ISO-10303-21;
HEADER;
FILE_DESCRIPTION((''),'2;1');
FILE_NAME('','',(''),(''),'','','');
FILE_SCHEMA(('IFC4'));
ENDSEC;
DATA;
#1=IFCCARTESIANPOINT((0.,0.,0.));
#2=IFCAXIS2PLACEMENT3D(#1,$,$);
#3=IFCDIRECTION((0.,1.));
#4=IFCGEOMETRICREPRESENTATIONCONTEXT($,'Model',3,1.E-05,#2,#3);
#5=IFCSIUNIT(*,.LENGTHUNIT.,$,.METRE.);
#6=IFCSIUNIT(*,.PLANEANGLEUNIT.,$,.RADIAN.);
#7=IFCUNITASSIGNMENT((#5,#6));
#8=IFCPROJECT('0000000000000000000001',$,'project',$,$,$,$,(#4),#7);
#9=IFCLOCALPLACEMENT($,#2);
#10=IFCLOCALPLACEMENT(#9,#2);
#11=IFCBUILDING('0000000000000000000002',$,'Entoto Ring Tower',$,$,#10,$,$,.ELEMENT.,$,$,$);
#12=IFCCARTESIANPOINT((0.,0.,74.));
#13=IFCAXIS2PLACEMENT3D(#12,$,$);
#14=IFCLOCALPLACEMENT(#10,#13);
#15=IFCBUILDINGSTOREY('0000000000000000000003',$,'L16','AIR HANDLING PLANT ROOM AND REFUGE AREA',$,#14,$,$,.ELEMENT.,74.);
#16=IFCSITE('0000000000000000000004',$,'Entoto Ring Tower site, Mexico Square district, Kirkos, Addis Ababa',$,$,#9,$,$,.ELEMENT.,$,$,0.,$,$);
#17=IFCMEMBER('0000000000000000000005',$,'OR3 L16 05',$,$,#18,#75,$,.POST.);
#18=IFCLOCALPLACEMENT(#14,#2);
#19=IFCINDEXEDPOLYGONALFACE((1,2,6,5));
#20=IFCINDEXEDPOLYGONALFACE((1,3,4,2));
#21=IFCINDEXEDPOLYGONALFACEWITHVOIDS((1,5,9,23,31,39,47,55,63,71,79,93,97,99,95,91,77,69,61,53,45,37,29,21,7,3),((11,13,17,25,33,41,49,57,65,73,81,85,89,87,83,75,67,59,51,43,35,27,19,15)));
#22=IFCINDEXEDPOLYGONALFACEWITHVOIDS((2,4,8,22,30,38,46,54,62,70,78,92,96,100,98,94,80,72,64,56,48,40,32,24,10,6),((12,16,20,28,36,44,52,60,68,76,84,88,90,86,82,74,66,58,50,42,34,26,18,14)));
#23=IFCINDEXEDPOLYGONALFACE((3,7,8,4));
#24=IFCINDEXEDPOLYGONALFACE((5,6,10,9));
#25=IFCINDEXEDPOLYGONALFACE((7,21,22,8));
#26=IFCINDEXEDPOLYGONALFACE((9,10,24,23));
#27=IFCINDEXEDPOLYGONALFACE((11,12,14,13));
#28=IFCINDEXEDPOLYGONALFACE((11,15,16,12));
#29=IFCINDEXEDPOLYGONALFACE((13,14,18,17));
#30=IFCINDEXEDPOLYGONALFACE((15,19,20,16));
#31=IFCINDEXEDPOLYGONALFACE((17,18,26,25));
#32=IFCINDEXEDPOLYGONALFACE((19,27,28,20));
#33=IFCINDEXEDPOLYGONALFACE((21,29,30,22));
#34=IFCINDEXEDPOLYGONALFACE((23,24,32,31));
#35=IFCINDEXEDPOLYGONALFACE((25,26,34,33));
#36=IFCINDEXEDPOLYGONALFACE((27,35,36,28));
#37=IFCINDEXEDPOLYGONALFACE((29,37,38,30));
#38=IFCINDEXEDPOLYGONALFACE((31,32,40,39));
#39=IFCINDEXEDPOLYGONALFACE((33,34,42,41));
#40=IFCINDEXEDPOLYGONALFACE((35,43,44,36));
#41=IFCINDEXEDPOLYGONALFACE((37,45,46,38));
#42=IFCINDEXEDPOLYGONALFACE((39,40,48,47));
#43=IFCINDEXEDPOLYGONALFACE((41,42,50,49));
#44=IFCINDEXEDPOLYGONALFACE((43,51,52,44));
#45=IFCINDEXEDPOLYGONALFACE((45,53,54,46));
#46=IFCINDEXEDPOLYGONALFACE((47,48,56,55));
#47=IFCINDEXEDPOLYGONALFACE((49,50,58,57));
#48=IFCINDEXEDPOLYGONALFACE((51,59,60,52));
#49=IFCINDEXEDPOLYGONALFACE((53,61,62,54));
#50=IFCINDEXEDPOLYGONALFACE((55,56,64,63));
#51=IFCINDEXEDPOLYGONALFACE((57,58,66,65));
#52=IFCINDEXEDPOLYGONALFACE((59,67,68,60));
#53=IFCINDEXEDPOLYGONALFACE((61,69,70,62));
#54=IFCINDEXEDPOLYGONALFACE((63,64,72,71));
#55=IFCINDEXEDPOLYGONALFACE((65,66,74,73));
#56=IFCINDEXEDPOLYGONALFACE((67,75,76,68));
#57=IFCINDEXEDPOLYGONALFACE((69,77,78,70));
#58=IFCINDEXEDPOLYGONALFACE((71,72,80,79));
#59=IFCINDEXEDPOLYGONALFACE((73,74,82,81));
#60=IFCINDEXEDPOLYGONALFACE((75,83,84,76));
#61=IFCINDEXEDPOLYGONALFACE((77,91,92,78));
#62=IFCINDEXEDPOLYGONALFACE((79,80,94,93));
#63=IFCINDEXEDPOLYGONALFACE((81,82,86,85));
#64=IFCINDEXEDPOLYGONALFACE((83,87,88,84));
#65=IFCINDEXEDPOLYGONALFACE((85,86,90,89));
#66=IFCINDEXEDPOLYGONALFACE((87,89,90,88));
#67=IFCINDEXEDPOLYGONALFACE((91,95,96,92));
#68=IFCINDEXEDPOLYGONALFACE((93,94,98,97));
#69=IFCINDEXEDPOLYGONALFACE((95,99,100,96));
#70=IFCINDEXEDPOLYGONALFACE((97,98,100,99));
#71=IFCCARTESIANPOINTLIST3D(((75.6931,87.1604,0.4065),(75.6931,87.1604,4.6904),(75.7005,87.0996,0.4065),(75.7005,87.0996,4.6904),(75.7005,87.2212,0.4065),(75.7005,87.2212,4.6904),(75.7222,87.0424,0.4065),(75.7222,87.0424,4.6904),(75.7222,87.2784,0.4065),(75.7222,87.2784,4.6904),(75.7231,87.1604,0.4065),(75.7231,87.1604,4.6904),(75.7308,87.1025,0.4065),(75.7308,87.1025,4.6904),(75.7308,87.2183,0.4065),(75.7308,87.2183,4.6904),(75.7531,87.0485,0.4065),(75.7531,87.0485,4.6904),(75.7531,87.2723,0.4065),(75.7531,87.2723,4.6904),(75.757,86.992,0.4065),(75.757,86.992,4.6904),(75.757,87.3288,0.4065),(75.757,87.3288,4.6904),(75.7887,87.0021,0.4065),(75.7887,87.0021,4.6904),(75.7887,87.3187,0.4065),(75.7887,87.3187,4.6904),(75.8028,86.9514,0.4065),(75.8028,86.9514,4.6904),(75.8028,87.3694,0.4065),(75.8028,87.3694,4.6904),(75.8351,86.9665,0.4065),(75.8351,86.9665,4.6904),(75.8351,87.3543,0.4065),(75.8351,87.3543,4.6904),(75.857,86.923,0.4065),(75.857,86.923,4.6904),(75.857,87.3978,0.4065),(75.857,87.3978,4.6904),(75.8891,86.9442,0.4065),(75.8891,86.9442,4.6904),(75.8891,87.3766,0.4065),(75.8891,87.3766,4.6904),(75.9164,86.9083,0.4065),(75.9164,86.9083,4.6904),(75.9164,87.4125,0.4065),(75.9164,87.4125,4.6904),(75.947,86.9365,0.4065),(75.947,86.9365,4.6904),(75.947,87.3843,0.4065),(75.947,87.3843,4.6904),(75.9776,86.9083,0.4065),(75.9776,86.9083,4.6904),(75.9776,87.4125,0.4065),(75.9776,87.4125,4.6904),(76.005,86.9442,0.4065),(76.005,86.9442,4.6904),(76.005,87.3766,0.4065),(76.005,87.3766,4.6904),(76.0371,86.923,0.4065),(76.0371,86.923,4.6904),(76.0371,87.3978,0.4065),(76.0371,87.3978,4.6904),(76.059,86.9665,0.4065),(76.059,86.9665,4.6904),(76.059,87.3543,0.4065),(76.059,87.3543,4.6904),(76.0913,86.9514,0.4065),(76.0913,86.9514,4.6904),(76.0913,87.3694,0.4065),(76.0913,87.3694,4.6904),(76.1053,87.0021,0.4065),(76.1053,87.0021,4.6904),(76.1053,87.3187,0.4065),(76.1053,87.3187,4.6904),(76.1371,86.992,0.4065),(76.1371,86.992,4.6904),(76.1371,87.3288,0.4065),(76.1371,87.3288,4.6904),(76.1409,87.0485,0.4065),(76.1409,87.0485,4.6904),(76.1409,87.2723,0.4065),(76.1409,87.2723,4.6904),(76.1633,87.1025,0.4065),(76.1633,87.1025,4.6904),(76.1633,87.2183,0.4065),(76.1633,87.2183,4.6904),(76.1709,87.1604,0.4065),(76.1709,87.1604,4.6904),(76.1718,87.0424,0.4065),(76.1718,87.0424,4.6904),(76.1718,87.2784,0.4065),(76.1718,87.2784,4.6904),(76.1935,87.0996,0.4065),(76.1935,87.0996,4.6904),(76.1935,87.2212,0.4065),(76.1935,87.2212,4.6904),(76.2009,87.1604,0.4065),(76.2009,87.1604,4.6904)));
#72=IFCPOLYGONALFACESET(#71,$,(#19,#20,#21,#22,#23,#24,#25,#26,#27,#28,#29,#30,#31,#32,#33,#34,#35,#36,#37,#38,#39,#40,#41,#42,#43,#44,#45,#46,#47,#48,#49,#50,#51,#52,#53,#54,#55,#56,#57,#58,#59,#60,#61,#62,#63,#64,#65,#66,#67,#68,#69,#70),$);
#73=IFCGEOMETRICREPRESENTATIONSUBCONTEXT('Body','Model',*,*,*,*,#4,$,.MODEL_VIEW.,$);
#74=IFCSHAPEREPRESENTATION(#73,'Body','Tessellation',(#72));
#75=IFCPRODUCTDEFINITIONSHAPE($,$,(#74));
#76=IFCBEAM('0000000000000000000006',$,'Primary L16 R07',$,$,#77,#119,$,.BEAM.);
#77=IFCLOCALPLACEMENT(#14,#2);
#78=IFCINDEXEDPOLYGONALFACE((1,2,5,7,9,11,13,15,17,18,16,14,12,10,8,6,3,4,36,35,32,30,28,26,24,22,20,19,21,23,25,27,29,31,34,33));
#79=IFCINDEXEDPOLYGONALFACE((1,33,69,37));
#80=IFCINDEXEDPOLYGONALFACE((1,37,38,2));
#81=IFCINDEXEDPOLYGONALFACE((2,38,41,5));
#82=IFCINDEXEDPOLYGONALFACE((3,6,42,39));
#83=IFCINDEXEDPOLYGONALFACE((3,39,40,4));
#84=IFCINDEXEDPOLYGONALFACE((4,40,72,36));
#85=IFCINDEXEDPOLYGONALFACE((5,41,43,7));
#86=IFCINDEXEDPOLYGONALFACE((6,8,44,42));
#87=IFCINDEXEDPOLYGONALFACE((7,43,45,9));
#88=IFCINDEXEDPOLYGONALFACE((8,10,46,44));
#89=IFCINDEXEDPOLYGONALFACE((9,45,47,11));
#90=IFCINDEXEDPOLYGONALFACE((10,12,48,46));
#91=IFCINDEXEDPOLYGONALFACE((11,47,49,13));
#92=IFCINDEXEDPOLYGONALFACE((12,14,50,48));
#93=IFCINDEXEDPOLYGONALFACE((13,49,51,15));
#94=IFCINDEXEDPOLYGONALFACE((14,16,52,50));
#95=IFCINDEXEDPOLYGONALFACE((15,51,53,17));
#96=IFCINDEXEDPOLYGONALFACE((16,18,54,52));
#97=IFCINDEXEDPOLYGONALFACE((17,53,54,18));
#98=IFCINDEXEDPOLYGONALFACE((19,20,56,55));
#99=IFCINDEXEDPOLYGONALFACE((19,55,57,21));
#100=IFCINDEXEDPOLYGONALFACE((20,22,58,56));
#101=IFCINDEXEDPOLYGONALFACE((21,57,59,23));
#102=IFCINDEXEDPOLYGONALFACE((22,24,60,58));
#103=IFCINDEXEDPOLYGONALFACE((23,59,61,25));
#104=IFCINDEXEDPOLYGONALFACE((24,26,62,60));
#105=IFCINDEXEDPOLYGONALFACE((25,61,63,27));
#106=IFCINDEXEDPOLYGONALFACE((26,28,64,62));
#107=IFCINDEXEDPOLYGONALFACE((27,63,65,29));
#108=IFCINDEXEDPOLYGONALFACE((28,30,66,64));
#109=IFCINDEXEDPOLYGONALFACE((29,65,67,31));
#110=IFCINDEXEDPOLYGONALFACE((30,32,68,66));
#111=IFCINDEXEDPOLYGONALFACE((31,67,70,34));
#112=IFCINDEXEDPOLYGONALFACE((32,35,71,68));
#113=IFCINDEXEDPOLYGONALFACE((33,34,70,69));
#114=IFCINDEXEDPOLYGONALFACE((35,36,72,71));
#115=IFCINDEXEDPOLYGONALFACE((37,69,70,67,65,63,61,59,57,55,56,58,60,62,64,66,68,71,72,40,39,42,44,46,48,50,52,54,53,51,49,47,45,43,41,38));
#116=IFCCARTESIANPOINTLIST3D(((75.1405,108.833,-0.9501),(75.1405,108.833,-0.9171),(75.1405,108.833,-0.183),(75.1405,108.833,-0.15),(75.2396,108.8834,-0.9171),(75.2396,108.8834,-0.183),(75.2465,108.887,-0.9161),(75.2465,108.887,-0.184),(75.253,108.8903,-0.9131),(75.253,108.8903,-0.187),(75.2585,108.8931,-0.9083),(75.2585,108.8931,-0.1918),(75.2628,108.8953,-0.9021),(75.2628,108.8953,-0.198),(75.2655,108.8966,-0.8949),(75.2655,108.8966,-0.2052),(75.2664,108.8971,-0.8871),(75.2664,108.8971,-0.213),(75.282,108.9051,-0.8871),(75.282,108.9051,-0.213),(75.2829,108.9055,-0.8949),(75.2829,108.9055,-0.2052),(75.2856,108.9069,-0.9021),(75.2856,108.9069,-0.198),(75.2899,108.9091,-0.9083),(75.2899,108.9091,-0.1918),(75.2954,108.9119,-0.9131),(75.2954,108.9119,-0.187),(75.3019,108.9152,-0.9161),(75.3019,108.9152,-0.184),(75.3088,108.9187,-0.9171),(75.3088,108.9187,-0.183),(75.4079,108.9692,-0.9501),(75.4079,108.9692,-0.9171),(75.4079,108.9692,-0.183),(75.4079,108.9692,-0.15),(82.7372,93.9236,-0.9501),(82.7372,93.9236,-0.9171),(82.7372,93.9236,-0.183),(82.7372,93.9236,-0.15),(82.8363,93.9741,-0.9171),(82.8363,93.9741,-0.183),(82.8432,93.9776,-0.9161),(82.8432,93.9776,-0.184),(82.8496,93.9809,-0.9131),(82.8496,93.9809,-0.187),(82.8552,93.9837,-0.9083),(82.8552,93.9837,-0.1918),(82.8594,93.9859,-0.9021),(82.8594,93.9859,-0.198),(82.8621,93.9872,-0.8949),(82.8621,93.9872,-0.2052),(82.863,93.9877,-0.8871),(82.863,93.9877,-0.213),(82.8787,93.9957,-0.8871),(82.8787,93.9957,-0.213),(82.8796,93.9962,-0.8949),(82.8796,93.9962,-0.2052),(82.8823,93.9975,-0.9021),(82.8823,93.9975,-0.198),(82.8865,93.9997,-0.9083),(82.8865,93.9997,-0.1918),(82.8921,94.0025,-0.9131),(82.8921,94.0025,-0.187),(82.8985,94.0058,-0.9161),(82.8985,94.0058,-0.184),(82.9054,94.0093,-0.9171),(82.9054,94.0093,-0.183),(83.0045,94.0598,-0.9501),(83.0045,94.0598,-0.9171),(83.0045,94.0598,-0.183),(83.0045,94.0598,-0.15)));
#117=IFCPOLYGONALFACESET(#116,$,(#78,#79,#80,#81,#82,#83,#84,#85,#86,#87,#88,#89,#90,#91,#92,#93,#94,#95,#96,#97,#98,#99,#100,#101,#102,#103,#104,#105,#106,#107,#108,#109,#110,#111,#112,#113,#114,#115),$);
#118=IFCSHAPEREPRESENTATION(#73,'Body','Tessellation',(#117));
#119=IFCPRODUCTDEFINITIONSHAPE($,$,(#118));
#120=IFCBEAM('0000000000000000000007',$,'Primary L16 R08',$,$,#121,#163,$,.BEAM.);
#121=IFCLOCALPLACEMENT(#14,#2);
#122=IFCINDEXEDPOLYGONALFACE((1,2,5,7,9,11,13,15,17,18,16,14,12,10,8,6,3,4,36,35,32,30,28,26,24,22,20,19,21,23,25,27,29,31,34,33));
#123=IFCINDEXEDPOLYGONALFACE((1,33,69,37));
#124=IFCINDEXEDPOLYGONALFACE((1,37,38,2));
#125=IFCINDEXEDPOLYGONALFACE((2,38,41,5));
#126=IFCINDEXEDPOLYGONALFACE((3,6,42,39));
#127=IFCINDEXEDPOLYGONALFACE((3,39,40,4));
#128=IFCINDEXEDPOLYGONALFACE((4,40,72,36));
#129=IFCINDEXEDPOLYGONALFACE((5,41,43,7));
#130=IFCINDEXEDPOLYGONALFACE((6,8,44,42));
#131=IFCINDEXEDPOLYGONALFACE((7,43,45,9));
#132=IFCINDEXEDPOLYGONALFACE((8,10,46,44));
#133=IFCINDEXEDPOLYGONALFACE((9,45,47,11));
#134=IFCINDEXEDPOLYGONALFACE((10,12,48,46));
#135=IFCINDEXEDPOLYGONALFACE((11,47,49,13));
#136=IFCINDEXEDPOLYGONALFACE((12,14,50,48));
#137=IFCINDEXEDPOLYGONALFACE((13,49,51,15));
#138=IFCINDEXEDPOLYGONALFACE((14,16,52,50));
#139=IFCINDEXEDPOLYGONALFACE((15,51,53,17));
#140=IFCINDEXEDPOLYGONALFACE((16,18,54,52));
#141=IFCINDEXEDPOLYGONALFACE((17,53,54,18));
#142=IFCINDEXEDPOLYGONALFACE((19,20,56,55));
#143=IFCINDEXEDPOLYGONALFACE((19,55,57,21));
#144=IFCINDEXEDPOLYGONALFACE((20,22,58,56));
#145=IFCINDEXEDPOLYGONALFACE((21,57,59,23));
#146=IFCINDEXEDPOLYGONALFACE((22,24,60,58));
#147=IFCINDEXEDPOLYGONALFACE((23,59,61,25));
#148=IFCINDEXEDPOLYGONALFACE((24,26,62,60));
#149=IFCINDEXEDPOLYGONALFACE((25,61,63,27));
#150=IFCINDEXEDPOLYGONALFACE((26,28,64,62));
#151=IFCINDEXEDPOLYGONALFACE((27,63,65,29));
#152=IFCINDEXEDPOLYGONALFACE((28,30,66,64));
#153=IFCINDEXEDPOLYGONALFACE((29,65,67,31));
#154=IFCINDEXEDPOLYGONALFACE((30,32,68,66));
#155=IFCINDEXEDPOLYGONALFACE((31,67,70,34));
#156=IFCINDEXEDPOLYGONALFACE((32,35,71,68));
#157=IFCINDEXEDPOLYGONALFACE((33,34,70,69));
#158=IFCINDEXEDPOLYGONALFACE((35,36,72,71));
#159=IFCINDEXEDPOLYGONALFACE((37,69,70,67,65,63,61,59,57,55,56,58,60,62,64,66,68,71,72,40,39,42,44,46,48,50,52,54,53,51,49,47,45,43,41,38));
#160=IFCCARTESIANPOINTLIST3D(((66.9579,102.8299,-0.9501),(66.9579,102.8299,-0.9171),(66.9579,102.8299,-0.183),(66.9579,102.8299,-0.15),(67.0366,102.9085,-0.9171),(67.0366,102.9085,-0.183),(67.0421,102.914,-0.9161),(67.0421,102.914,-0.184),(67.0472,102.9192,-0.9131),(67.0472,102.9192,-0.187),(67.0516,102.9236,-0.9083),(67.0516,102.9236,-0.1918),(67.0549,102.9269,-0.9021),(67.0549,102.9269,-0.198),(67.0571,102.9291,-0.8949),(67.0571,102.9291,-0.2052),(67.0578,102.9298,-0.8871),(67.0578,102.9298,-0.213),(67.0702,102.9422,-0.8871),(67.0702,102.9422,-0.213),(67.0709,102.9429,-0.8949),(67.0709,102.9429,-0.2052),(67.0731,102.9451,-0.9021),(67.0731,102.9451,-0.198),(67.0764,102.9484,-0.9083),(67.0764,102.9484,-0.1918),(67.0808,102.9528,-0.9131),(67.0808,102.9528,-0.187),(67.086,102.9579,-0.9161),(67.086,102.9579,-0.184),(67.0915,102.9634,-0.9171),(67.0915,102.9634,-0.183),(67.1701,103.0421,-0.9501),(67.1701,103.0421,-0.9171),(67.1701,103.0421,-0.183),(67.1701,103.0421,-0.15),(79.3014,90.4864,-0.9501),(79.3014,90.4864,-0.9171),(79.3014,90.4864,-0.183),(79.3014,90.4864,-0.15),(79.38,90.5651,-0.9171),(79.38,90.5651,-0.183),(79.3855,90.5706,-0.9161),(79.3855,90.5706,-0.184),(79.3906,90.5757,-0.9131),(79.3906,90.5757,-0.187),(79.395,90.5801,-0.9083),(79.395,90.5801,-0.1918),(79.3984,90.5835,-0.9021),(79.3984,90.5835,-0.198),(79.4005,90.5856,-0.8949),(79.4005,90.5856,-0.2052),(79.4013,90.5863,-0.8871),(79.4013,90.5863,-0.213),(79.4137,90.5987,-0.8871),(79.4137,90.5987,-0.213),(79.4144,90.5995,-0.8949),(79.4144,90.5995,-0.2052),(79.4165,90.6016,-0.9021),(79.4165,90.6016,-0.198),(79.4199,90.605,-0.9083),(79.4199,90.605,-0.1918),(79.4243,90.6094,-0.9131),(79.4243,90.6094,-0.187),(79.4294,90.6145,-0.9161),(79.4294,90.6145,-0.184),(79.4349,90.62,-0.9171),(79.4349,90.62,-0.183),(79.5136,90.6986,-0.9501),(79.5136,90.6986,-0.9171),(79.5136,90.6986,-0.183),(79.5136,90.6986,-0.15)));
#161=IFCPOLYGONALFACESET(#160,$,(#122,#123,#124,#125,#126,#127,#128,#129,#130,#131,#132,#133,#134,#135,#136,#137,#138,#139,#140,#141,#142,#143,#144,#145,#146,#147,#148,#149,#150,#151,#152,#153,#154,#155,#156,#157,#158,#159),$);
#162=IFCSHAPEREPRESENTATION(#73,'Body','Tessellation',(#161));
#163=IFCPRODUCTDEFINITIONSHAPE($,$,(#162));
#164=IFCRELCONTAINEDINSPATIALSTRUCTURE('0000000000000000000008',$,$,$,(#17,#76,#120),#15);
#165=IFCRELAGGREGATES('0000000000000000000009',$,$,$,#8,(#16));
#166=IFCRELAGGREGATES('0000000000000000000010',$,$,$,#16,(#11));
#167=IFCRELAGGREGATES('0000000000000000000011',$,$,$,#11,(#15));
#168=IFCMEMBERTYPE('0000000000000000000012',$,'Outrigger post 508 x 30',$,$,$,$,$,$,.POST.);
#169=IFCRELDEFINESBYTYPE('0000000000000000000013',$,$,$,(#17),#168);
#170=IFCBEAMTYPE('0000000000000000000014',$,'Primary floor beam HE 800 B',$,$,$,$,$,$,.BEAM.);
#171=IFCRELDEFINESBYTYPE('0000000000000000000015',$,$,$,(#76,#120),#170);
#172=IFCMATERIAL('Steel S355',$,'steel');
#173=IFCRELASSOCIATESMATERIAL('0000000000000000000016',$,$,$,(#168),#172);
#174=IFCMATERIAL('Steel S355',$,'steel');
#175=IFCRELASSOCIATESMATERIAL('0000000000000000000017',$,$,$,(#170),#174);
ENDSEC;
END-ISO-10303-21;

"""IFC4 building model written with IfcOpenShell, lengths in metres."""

from ifc_helpers import new_model, si_unit, direction, frame, origin, origin_2d, place, context, subcontext, project, spatial, circle, hollow_circle, i_section, extrude, material, material_profile, profile_set, type_object, element, save


model = new_model("IFC4")

# Units and contexts
model_context = context("Model", 3, precision=1e-05, world=origin(), true_north=direction((0.0, 1.0)))
body_context = subcontext(model_context, "Body", "Model", "MODEL_VIEW")
ifc_project = project(units=[si_unit("LENGTHUNIT", "METRE"), si_unit("PLANEANGLEUNIT", "RADIAN")], contexts=[model_context])

# Site, building, storey
site_placement = place(None, origin())
site = spatial("IfcSite", under=ifc_project, at=site_placement, Name="Entoto Ring Tower site, Mexico Square district, Kirkos, Addis Ababa", CompositionType="ELEMENT", RefElevation=0.0)
building_placement = place(site_placement, origin())
building = spatial("IfcBuilding", under=site, at=building_placement, Name="Entoto Ring Tower", CompositionType="ELEMENT")
storey_placement = place(building_placement, frame((0.0, 0.0, 74.0)))
storey = spatial("IfcBuildingStorey", under=building, at=storey_placement, Name="L16", Description="AIR HANDLING PLANT ROOM AND REFUGE AREA", CompositionType="ELEMENT", Elevation=74.0)

# Member
ifc_material_1 = material(Name="Steel S355", Category="steel")
ifc_material_profile_1 = material_profile(ifc_material_1, hollow_circle(Radius=0.2539, WallThickness=0.03, at=origin_2d()), Name="CHS 508 x 30")
ifc_material_2 = material(Name="Concrete C60/75", Category="concrete")
ifc_material_profile_2 = material_profile(ifc_material_2, circle(Radius=0.2241, at=origin_2d()), Name="Concrete C60/75 infill")
ifc_profile_set_1 = profile_set([ifc_material_profile_1, ifc_material_profile_2], Name="Steel S355")
member_type_1 = type_object("IfcMemberType", Name="Outrigger post 508 x 30", PredefinedType="POST", material=ifc_profile_set_1)
for number, where, z_axis, x_axis, name in (
    (1, (75.947, 87.1604, 0.4065), (0.0, 0.0, 1.0), (1.0, 0.0, 0.0), "OR3 L16 05"),
):
    element("IfcMember", number, at=place(storey_placement, frame(where, z_axis=z_axis, x_axis=x_axis)), inside=storey, type_object=member_type_1, Name=name, PredefinedType="POST", context=body_context, shape_type="SweptSolid", body=[
        extrude(hollow_circle(Radius=0.2539, WallThickness=0.03, at=origin_2d()), origin(), (0.0, 0.0, 1.0), 4.2839),
    ])

# Beams
ifc_material_3 = material(Name="Steel S355", Category="steel")
ifc_material_profile_3 = material_profile(ifc_material_3, i_section(OverallWidth=0.3, OverallDepth=0.8, WebThickness=0.0176, FlangeThickness=0.033, FilletRadius=0.03, at=origin_2d()), Name="HE 800 B")
ifc_profile_set_2 = profile_set([ifc_material_profile_3], Name="Steel S355")
beam_type_1 = type_object("IfcBeamType", Name="Primary floor beam HE 800 B", PredefinedType="BEAM", material=ifc_profile_set_2)
beam_1_placement = place(storey_placement, frame((82.8708, 93.9917, -0.55), z_axis=(-0.453988, 0.891008, 0.0), x_axis=(-0.891008, -0.453988, 0.0)))
element("IfcBeam", 2, at=beam_1_placement, inside=storey, type_object=beam_type_1, Name="Primary L16 R07", PredefinedType="BEAM", context=body_context, shape_type="SweptSolid", body=[
    extrude(i_section(OverallWidth=0.3, OverallDepth=0.8, WebThickness=0.0176, FlangeThickness=0.033, FilletRadius=0.03, at=origin_2d()), origin(), (0.0, 0.0, 1.0), 16.7332),
])
beam_2_placement = place(storey_placement, frame((79.4075, 90.5925, -0.55), z_axis=(-0.707107, 0.707107, 0.0), x_axis=(-0.707107, -0.707107, 0.0)))
element("IfcBeam", 3, at=beam_2_placement, inside=storey, type_object=beam_type_1, Name="Primary L16 R08", PredefinedType="BEAM", context=body_context, shape_type="SweptSolid", body=[
    extrude(i_section(OverallWidth=0.3, OverallDepth=0.8, WebThickness=0.0176, FlangeThickness=0.033, FilletRadius=0.03, at=origin_2d()), origin(), (0.0, 0.0, 1.0), 17.4563),
])

save(model, "model.ifc")
